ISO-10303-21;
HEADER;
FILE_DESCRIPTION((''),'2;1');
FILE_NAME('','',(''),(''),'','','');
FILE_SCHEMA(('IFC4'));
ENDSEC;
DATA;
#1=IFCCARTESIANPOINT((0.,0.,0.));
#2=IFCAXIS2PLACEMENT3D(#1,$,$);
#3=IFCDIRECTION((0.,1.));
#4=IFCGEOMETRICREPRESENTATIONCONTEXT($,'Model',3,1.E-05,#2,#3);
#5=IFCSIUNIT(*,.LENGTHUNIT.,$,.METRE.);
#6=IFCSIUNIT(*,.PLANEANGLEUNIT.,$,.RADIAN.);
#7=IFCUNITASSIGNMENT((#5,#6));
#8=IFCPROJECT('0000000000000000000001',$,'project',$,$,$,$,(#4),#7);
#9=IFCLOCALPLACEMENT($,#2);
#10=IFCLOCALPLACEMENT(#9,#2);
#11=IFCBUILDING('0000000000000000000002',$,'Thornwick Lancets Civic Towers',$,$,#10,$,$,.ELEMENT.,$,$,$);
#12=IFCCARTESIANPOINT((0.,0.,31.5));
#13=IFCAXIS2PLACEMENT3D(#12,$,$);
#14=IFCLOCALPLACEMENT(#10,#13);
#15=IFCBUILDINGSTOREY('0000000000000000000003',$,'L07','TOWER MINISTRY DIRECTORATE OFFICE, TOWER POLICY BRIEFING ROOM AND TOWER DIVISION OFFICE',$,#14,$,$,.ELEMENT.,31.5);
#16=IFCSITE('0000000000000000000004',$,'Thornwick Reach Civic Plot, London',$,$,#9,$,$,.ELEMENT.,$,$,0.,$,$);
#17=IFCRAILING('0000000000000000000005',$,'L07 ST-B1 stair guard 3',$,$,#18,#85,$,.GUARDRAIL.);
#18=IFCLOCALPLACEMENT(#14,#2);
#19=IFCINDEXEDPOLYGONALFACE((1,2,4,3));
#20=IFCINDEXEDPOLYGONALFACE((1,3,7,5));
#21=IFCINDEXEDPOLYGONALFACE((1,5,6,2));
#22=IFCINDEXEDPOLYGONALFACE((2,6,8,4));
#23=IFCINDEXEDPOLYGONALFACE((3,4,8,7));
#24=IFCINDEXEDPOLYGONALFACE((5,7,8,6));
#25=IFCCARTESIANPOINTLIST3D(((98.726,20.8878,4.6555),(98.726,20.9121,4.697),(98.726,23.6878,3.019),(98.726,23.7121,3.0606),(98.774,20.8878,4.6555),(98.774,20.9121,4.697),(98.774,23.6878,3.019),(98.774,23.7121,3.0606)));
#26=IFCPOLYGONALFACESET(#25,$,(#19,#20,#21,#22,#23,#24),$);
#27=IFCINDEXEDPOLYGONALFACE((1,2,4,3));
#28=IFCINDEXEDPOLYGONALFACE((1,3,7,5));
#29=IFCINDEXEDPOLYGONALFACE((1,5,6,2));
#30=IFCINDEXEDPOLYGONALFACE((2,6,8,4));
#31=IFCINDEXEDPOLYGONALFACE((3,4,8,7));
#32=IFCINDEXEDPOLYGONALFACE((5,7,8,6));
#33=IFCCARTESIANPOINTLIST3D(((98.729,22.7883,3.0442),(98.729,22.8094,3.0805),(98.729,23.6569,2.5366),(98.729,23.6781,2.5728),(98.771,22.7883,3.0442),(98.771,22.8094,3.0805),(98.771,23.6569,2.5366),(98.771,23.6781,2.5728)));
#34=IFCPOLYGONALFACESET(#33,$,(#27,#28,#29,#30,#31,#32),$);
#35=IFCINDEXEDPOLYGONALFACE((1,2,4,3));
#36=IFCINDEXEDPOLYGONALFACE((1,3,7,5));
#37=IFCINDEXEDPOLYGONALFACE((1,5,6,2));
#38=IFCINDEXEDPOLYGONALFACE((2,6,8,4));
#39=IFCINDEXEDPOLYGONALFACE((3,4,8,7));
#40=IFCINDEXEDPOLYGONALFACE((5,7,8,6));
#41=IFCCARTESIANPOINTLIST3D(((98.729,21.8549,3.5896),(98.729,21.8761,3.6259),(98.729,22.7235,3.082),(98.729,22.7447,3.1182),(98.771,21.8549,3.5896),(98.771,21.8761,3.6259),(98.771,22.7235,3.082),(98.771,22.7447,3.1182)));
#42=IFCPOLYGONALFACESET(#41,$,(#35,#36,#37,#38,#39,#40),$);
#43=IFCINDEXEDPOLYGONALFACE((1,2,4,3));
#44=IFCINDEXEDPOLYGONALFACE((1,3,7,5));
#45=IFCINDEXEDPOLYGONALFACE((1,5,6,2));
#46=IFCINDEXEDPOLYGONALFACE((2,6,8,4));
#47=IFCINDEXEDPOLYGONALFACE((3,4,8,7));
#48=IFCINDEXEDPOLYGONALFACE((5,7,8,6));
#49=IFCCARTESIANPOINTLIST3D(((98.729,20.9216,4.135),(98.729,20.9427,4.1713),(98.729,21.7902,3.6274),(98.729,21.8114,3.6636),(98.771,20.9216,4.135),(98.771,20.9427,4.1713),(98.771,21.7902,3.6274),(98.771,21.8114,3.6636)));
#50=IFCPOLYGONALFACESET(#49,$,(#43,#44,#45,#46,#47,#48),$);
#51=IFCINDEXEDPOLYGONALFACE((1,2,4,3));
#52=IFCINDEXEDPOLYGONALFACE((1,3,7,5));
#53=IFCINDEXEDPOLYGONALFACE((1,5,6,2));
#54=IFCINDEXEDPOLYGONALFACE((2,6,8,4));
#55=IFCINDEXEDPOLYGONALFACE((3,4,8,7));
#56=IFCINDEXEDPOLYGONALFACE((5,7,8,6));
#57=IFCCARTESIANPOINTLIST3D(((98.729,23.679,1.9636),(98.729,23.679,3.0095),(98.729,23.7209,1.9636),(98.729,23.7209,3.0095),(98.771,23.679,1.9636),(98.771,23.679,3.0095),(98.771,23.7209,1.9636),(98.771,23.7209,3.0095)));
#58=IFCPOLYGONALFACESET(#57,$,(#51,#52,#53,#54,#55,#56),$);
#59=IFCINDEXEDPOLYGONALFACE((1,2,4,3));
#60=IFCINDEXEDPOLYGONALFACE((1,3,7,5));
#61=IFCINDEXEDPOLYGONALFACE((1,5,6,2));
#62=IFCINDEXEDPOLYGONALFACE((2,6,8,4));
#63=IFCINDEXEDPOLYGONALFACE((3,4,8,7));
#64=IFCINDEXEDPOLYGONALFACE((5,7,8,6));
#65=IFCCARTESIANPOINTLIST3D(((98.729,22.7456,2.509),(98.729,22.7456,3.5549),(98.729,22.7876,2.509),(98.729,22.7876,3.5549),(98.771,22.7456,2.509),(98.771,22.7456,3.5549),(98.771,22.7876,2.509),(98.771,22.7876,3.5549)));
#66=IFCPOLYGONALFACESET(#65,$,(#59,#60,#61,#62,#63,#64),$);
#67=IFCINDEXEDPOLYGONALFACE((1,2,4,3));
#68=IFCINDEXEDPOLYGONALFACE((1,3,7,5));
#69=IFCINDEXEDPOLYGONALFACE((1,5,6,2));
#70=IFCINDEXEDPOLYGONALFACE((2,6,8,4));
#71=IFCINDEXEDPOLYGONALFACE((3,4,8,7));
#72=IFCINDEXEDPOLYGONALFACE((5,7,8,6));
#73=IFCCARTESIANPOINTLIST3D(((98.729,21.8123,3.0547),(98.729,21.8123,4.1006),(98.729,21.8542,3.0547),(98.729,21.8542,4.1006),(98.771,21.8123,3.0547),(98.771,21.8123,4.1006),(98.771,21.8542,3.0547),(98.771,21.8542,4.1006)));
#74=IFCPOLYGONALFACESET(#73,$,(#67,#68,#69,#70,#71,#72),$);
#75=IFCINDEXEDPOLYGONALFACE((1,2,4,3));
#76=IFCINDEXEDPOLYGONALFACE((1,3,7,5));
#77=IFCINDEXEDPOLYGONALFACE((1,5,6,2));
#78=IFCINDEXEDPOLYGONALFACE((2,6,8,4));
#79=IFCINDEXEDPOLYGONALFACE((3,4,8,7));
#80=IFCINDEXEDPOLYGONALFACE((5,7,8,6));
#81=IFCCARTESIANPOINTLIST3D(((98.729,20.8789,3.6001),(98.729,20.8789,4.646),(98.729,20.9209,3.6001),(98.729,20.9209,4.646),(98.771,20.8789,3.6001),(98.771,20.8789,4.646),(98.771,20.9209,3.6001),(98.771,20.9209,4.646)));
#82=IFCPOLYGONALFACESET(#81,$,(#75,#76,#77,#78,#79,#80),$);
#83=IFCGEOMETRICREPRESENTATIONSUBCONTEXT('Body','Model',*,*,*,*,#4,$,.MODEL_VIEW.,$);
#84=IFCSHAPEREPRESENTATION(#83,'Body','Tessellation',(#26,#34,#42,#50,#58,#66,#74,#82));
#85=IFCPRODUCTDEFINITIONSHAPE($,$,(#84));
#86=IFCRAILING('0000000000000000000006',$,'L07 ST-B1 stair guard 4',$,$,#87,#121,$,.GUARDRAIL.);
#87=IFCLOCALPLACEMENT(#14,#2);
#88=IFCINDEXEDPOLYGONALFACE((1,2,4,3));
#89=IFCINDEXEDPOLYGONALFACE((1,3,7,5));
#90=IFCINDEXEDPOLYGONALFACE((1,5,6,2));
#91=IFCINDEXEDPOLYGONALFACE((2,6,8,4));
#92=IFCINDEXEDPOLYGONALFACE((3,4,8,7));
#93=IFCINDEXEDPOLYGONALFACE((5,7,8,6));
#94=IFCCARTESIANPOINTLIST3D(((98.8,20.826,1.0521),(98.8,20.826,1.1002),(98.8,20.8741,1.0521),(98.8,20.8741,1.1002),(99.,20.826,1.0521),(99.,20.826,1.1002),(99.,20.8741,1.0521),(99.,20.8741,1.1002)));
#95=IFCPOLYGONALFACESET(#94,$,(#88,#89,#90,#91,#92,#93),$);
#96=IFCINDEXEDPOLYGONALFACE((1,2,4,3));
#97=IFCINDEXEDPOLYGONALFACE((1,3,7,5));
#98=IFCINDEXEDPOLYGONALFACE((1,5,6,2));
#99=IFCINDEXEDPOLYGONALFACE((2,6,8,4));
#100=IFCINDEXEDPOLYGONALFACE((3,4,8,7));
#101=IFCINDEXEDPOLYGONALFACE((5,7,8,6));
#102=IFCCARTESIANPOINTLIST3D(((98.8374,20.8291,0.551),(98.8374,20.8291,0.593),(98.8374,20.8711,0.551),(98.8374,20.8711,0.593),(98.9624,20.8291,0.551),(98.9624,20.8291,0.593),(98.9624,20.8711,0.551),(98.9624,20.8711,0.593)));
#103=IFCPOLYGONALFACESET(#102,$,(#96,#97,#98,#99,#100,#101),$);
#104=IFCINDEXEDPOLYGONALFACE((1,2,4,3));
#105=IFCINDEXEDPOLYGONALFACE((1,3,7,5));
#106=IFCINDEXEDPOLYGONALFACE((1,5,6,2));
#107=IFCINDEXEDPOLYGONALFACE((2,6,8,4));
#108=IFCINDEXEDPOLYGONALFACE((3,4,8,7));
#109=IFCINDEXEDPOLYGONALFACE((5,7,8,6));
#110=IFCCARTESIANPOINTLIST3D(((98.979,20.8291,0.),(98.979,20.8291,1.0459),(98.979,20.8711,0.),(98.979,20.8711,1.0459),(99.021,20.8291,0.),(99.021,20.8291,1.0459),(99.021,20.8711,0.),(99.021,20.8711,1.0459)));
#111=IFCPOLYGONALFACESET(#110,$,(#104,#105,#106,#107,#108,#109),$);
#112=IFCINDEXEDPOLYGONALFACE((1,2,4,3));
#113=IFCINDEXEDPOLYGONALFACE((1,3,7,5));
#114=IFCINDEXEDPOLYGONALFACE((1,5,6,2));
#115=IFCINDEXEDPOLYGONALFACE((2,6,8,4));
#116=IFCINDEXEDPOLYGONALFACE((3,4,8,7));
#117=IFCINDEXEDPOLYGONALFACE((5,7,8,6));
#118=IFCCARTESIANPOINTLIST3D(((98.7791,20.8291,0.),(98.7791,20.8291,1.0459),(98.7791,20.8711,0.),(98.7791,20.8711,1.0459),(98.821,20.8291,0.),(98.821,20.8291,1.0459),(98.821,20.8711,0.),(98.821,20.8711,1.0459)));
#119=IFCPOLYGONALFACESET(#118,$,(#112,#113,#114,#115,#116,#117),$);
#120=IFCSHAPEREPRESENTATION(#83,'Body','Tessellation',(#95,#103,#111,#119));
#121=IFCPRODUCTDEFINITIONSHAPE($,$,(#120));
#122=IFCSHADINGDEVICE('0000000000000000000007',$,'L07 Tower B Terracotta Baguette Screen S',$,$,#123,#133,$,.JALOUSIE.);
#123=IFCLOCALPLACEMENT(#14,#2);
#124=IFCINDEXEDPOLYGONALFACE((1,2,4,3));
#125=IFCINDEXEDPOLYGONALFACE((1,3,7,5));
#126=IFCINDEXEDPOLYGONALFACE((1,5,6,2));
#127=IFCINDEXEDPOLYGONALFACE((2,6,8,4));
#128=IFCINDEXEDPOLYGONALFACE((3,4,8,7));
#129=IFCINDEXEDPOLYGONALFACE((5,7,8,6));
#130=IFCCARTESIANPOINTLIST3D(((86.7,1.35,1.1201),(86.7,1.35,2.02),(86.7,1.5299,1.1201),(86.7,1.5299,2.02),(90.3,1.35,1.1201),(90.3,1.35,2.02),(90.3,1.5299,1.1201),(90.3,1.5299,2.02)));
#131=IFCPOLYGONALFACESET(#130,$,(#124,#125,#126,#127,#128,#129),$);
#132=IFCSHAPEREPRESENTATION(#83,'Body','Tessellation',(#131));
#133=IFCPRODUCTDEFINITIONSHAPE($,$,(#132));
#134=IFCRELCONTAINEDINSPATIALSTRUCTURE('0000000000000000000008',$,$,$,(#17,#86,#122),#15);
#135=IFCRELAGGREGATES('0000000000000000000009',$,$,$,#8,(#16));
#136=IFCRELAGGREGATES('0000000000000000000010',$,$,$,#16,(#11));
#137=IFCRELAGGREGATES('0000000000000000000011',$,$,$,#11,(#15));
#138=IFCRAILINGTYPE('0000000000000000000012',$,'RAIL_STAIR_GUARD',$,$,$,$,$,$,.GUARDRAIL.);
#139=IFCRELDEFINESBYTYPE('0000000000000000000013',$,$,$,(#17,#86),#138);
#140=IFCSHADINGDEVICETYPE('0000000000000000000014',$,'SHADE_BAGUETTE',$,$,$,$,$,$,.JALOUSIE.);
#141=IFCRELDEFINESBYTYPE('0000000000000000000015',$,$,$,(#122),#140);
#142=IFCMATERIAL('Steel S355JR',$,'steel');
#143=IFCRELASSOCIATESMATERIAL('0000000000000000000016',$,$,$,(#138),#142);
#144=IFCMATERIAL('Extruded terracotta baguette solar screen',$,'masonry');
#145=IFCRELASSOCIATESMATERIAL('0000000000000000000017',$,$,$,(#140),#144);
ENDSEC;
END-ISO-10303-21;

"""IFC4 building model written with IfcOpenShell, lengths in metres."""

from ifc_helpers import new_model, si_unit, direction, frame, origin, origin_2d, place, context, subcontext, project, spatial, rectangle, extrude, material, type_object, element, save


model = new_model("IFC4")

# Units and contexts
model_context = context("Model", 3, precision=1e-05, world=origin(), true_north=direction((0.0, 1.0)))
body_context = subcontext(model_context, "Body", "Model", "MODEL_VIEW")
ifc_project = project(units=[si_unit("LENGTHUNIT", "METRE"), si_unit("PLANEANGLEUNIT", "RADIAN")], contexts=[model_context])

# Site, building, storey
site_placement = place(None, origin())
site = spatial("IfcSite", under=ifc_project, at=site_placement, Name="Thornwick Reach Civic Plot, London", CompositionType="ELEMENT", RefElevation=0.0)
building_placement = place(site_placement, origin())
building = spatial("IfcBuilding", under=site, at=building_placement, Name="Thornwick Lancets Civic Towers", CompositionType="ELEMENT")
storey_placement = place(building_placement, frame((0.0, 0.0, 31.5)))
storey = spatial("IfcBuildingStorey", under=building, at=storey_placement, Name="L07", Description="TOWER MINISTRY DIRECTORATE OFFICE, TOWER POLICY BRIEFING ROOM AND TOWER DIVISION OFFICE", CompositionType="ELEMENT", Elevation=31.5)

# Railings
ifc_material_1 = material(Name="Steel S355JR", Category="steel")
railing_type_1 = type_object("IfcRailingType", Name="RAIL_STAIR_GUARD", PredefinedType="GUARDRAIL", material=ifc_material_1)
railing_1_placement = place(storey_placement, frame((98.75, 23.7, 1.9636)))
element("IfcRailing", 1, at=railing_1_placement, inside=storey, type_object=railing_type_1, Name="L07 ST-B1 stair guard 3", PredefinedType="GUARDRAIL", context=body_context, shape_type="SweptSolid", body=[
    extrude(rectangle(XDim=0.0481, YDim=0.0481, at=origin_2d()), frame((0.0, 0.0, 1.0762), z_axis=(0.0, -0.863361, 0.504587), x_axis=(1.0, 0.0, 0.0)), (0.0, 0.0, 1.0), 3.2432),
    extrude(rectangle(XDim=0.042, YDim=0.042, at=origin_2d()), frame((0.0, -0.0325, 0.5911), z_axis=(0.0, -0.863361, 0.504587), x_axis=(1.0, 0.0, 0.0)), (0.0, 0.0, 1.0), 1.0061),
    extrude(rectangle(XDim=0.042, YDim=0.042, at=origin_2d()), frame((0.0, -0.9658, 1.1365), z_axis=(0.0, -0.863361, 0.504587), x_axis=(1.0, 0.0, 0.0)), (0.0, 0.0, 1.0), 1.0061),
    extrude(rectangle(XDim=0.042, YDim=0.042, at=origin_2d()), frame((0.0, -1.8992, 1.6819), z_axis=(0.0, -0.863361, 0.504587), x_axis=(1.0, 0.0, 0.0)), (0.0, 0.0, 1.0), 1.0061),
    extrude(rectangle(XDim=0.042, YDim=0.042, at=origin_2d()), origin(), (0.0, 0.0, 1.0), 1.0459),
    extrude(rectangle(XDim=0.042, YDim=0.042, at=origin_2d()), frame((0.0, -0.9333, 0.5454)), (0.0, 0.0, 1.0), 1.0459),
    extrude(rectangle(XDim=0.042, YDim=0.042, at=origin_2d()), frame((0.0, -1.8667, 1.0911)), (0.0, 0.0, 1.0), 1.0459),
    extrude(rectangle(XDim=0.042, YDim=0.042, at=origin_2d()), frame((0.0, -2.8, 1.6365)), (0.0, 0.0, 1.0), 1.0459),
])
railing_2_placement = place(storey_placement, frame((99.0, 20.8501, 0.0)))
element("IfcRailing", 2, at=railing_2_placement, inside=storey, type_object=railing_type_1, Name="L07 ST-B1 stair guard 4", PredefinedType="GUARDRAIL", context=body_context, shape_type="SweptSolid", body=[
    extrude(rectangle(XDim=0.0481, YDim=0.0481, at=origin_2d()), frame((0.0, 0.0, 1.0762), z_axis=(-1.0, 0.0, 0.0), x_axis=(0.0, -1.0, 0.0)), (0.0, 0.0, 1.0), 0.2),
    extrude(rectangle(XDim=0.042, YDim=0.042, at=origin_2d()), frame((-0.0376, 0.0, 0.572), z_axis=(-1.0, 0.0, 0.0), x_axis=(0.0, -1.0, 0.0)), (0.0, 0.0, 1.0), 0.125),
    extrude(rectangle(XDim=0.042, YDim=0.042, at=origin_2d()), origin(), (0.0, 0.0, 1.0), 1.0459),
    extrude(rectangle(XDim=0.042, YDim=0.042, at=origin_2d()), frame((-0.2, 0.0, 0.0)), (0.0, 0.0, 1.0), 1.0459),
])

# Shading device
ifc_material_2 = material(Name="Extruded terracotta baguette solar screen", Category="masonry")
shading_device_type = type_object("IfcShadingDeviceType", Name="SHADE_BAGUETTE", PredefinedType="JALOUSIE", material=ifc_material_2)
shading_device_placement = place(storey_placement, frame((88.5, 1.4399, 1.1201), z_axis=(0.0, 0.0, 1.0), x_axis=(1.0, 0.0, 0.0)))
element("IfcShadingDevice", 3, at=shading_device_placement, inside=storey, type_object=shading_device_type, Name="L07 Tower B Terracotta Baguette Screen S", PredefinedType="JALOUSIE", context=body_context, shape_type="SweptSolid", body=[
    extrude(rectangle(XDim=3.6001, YDim=0.1799, at=origin_2d()), origin(), (0.0, 0.0, 1.0), 0.8999),
])

save(model, "model.ifc")
